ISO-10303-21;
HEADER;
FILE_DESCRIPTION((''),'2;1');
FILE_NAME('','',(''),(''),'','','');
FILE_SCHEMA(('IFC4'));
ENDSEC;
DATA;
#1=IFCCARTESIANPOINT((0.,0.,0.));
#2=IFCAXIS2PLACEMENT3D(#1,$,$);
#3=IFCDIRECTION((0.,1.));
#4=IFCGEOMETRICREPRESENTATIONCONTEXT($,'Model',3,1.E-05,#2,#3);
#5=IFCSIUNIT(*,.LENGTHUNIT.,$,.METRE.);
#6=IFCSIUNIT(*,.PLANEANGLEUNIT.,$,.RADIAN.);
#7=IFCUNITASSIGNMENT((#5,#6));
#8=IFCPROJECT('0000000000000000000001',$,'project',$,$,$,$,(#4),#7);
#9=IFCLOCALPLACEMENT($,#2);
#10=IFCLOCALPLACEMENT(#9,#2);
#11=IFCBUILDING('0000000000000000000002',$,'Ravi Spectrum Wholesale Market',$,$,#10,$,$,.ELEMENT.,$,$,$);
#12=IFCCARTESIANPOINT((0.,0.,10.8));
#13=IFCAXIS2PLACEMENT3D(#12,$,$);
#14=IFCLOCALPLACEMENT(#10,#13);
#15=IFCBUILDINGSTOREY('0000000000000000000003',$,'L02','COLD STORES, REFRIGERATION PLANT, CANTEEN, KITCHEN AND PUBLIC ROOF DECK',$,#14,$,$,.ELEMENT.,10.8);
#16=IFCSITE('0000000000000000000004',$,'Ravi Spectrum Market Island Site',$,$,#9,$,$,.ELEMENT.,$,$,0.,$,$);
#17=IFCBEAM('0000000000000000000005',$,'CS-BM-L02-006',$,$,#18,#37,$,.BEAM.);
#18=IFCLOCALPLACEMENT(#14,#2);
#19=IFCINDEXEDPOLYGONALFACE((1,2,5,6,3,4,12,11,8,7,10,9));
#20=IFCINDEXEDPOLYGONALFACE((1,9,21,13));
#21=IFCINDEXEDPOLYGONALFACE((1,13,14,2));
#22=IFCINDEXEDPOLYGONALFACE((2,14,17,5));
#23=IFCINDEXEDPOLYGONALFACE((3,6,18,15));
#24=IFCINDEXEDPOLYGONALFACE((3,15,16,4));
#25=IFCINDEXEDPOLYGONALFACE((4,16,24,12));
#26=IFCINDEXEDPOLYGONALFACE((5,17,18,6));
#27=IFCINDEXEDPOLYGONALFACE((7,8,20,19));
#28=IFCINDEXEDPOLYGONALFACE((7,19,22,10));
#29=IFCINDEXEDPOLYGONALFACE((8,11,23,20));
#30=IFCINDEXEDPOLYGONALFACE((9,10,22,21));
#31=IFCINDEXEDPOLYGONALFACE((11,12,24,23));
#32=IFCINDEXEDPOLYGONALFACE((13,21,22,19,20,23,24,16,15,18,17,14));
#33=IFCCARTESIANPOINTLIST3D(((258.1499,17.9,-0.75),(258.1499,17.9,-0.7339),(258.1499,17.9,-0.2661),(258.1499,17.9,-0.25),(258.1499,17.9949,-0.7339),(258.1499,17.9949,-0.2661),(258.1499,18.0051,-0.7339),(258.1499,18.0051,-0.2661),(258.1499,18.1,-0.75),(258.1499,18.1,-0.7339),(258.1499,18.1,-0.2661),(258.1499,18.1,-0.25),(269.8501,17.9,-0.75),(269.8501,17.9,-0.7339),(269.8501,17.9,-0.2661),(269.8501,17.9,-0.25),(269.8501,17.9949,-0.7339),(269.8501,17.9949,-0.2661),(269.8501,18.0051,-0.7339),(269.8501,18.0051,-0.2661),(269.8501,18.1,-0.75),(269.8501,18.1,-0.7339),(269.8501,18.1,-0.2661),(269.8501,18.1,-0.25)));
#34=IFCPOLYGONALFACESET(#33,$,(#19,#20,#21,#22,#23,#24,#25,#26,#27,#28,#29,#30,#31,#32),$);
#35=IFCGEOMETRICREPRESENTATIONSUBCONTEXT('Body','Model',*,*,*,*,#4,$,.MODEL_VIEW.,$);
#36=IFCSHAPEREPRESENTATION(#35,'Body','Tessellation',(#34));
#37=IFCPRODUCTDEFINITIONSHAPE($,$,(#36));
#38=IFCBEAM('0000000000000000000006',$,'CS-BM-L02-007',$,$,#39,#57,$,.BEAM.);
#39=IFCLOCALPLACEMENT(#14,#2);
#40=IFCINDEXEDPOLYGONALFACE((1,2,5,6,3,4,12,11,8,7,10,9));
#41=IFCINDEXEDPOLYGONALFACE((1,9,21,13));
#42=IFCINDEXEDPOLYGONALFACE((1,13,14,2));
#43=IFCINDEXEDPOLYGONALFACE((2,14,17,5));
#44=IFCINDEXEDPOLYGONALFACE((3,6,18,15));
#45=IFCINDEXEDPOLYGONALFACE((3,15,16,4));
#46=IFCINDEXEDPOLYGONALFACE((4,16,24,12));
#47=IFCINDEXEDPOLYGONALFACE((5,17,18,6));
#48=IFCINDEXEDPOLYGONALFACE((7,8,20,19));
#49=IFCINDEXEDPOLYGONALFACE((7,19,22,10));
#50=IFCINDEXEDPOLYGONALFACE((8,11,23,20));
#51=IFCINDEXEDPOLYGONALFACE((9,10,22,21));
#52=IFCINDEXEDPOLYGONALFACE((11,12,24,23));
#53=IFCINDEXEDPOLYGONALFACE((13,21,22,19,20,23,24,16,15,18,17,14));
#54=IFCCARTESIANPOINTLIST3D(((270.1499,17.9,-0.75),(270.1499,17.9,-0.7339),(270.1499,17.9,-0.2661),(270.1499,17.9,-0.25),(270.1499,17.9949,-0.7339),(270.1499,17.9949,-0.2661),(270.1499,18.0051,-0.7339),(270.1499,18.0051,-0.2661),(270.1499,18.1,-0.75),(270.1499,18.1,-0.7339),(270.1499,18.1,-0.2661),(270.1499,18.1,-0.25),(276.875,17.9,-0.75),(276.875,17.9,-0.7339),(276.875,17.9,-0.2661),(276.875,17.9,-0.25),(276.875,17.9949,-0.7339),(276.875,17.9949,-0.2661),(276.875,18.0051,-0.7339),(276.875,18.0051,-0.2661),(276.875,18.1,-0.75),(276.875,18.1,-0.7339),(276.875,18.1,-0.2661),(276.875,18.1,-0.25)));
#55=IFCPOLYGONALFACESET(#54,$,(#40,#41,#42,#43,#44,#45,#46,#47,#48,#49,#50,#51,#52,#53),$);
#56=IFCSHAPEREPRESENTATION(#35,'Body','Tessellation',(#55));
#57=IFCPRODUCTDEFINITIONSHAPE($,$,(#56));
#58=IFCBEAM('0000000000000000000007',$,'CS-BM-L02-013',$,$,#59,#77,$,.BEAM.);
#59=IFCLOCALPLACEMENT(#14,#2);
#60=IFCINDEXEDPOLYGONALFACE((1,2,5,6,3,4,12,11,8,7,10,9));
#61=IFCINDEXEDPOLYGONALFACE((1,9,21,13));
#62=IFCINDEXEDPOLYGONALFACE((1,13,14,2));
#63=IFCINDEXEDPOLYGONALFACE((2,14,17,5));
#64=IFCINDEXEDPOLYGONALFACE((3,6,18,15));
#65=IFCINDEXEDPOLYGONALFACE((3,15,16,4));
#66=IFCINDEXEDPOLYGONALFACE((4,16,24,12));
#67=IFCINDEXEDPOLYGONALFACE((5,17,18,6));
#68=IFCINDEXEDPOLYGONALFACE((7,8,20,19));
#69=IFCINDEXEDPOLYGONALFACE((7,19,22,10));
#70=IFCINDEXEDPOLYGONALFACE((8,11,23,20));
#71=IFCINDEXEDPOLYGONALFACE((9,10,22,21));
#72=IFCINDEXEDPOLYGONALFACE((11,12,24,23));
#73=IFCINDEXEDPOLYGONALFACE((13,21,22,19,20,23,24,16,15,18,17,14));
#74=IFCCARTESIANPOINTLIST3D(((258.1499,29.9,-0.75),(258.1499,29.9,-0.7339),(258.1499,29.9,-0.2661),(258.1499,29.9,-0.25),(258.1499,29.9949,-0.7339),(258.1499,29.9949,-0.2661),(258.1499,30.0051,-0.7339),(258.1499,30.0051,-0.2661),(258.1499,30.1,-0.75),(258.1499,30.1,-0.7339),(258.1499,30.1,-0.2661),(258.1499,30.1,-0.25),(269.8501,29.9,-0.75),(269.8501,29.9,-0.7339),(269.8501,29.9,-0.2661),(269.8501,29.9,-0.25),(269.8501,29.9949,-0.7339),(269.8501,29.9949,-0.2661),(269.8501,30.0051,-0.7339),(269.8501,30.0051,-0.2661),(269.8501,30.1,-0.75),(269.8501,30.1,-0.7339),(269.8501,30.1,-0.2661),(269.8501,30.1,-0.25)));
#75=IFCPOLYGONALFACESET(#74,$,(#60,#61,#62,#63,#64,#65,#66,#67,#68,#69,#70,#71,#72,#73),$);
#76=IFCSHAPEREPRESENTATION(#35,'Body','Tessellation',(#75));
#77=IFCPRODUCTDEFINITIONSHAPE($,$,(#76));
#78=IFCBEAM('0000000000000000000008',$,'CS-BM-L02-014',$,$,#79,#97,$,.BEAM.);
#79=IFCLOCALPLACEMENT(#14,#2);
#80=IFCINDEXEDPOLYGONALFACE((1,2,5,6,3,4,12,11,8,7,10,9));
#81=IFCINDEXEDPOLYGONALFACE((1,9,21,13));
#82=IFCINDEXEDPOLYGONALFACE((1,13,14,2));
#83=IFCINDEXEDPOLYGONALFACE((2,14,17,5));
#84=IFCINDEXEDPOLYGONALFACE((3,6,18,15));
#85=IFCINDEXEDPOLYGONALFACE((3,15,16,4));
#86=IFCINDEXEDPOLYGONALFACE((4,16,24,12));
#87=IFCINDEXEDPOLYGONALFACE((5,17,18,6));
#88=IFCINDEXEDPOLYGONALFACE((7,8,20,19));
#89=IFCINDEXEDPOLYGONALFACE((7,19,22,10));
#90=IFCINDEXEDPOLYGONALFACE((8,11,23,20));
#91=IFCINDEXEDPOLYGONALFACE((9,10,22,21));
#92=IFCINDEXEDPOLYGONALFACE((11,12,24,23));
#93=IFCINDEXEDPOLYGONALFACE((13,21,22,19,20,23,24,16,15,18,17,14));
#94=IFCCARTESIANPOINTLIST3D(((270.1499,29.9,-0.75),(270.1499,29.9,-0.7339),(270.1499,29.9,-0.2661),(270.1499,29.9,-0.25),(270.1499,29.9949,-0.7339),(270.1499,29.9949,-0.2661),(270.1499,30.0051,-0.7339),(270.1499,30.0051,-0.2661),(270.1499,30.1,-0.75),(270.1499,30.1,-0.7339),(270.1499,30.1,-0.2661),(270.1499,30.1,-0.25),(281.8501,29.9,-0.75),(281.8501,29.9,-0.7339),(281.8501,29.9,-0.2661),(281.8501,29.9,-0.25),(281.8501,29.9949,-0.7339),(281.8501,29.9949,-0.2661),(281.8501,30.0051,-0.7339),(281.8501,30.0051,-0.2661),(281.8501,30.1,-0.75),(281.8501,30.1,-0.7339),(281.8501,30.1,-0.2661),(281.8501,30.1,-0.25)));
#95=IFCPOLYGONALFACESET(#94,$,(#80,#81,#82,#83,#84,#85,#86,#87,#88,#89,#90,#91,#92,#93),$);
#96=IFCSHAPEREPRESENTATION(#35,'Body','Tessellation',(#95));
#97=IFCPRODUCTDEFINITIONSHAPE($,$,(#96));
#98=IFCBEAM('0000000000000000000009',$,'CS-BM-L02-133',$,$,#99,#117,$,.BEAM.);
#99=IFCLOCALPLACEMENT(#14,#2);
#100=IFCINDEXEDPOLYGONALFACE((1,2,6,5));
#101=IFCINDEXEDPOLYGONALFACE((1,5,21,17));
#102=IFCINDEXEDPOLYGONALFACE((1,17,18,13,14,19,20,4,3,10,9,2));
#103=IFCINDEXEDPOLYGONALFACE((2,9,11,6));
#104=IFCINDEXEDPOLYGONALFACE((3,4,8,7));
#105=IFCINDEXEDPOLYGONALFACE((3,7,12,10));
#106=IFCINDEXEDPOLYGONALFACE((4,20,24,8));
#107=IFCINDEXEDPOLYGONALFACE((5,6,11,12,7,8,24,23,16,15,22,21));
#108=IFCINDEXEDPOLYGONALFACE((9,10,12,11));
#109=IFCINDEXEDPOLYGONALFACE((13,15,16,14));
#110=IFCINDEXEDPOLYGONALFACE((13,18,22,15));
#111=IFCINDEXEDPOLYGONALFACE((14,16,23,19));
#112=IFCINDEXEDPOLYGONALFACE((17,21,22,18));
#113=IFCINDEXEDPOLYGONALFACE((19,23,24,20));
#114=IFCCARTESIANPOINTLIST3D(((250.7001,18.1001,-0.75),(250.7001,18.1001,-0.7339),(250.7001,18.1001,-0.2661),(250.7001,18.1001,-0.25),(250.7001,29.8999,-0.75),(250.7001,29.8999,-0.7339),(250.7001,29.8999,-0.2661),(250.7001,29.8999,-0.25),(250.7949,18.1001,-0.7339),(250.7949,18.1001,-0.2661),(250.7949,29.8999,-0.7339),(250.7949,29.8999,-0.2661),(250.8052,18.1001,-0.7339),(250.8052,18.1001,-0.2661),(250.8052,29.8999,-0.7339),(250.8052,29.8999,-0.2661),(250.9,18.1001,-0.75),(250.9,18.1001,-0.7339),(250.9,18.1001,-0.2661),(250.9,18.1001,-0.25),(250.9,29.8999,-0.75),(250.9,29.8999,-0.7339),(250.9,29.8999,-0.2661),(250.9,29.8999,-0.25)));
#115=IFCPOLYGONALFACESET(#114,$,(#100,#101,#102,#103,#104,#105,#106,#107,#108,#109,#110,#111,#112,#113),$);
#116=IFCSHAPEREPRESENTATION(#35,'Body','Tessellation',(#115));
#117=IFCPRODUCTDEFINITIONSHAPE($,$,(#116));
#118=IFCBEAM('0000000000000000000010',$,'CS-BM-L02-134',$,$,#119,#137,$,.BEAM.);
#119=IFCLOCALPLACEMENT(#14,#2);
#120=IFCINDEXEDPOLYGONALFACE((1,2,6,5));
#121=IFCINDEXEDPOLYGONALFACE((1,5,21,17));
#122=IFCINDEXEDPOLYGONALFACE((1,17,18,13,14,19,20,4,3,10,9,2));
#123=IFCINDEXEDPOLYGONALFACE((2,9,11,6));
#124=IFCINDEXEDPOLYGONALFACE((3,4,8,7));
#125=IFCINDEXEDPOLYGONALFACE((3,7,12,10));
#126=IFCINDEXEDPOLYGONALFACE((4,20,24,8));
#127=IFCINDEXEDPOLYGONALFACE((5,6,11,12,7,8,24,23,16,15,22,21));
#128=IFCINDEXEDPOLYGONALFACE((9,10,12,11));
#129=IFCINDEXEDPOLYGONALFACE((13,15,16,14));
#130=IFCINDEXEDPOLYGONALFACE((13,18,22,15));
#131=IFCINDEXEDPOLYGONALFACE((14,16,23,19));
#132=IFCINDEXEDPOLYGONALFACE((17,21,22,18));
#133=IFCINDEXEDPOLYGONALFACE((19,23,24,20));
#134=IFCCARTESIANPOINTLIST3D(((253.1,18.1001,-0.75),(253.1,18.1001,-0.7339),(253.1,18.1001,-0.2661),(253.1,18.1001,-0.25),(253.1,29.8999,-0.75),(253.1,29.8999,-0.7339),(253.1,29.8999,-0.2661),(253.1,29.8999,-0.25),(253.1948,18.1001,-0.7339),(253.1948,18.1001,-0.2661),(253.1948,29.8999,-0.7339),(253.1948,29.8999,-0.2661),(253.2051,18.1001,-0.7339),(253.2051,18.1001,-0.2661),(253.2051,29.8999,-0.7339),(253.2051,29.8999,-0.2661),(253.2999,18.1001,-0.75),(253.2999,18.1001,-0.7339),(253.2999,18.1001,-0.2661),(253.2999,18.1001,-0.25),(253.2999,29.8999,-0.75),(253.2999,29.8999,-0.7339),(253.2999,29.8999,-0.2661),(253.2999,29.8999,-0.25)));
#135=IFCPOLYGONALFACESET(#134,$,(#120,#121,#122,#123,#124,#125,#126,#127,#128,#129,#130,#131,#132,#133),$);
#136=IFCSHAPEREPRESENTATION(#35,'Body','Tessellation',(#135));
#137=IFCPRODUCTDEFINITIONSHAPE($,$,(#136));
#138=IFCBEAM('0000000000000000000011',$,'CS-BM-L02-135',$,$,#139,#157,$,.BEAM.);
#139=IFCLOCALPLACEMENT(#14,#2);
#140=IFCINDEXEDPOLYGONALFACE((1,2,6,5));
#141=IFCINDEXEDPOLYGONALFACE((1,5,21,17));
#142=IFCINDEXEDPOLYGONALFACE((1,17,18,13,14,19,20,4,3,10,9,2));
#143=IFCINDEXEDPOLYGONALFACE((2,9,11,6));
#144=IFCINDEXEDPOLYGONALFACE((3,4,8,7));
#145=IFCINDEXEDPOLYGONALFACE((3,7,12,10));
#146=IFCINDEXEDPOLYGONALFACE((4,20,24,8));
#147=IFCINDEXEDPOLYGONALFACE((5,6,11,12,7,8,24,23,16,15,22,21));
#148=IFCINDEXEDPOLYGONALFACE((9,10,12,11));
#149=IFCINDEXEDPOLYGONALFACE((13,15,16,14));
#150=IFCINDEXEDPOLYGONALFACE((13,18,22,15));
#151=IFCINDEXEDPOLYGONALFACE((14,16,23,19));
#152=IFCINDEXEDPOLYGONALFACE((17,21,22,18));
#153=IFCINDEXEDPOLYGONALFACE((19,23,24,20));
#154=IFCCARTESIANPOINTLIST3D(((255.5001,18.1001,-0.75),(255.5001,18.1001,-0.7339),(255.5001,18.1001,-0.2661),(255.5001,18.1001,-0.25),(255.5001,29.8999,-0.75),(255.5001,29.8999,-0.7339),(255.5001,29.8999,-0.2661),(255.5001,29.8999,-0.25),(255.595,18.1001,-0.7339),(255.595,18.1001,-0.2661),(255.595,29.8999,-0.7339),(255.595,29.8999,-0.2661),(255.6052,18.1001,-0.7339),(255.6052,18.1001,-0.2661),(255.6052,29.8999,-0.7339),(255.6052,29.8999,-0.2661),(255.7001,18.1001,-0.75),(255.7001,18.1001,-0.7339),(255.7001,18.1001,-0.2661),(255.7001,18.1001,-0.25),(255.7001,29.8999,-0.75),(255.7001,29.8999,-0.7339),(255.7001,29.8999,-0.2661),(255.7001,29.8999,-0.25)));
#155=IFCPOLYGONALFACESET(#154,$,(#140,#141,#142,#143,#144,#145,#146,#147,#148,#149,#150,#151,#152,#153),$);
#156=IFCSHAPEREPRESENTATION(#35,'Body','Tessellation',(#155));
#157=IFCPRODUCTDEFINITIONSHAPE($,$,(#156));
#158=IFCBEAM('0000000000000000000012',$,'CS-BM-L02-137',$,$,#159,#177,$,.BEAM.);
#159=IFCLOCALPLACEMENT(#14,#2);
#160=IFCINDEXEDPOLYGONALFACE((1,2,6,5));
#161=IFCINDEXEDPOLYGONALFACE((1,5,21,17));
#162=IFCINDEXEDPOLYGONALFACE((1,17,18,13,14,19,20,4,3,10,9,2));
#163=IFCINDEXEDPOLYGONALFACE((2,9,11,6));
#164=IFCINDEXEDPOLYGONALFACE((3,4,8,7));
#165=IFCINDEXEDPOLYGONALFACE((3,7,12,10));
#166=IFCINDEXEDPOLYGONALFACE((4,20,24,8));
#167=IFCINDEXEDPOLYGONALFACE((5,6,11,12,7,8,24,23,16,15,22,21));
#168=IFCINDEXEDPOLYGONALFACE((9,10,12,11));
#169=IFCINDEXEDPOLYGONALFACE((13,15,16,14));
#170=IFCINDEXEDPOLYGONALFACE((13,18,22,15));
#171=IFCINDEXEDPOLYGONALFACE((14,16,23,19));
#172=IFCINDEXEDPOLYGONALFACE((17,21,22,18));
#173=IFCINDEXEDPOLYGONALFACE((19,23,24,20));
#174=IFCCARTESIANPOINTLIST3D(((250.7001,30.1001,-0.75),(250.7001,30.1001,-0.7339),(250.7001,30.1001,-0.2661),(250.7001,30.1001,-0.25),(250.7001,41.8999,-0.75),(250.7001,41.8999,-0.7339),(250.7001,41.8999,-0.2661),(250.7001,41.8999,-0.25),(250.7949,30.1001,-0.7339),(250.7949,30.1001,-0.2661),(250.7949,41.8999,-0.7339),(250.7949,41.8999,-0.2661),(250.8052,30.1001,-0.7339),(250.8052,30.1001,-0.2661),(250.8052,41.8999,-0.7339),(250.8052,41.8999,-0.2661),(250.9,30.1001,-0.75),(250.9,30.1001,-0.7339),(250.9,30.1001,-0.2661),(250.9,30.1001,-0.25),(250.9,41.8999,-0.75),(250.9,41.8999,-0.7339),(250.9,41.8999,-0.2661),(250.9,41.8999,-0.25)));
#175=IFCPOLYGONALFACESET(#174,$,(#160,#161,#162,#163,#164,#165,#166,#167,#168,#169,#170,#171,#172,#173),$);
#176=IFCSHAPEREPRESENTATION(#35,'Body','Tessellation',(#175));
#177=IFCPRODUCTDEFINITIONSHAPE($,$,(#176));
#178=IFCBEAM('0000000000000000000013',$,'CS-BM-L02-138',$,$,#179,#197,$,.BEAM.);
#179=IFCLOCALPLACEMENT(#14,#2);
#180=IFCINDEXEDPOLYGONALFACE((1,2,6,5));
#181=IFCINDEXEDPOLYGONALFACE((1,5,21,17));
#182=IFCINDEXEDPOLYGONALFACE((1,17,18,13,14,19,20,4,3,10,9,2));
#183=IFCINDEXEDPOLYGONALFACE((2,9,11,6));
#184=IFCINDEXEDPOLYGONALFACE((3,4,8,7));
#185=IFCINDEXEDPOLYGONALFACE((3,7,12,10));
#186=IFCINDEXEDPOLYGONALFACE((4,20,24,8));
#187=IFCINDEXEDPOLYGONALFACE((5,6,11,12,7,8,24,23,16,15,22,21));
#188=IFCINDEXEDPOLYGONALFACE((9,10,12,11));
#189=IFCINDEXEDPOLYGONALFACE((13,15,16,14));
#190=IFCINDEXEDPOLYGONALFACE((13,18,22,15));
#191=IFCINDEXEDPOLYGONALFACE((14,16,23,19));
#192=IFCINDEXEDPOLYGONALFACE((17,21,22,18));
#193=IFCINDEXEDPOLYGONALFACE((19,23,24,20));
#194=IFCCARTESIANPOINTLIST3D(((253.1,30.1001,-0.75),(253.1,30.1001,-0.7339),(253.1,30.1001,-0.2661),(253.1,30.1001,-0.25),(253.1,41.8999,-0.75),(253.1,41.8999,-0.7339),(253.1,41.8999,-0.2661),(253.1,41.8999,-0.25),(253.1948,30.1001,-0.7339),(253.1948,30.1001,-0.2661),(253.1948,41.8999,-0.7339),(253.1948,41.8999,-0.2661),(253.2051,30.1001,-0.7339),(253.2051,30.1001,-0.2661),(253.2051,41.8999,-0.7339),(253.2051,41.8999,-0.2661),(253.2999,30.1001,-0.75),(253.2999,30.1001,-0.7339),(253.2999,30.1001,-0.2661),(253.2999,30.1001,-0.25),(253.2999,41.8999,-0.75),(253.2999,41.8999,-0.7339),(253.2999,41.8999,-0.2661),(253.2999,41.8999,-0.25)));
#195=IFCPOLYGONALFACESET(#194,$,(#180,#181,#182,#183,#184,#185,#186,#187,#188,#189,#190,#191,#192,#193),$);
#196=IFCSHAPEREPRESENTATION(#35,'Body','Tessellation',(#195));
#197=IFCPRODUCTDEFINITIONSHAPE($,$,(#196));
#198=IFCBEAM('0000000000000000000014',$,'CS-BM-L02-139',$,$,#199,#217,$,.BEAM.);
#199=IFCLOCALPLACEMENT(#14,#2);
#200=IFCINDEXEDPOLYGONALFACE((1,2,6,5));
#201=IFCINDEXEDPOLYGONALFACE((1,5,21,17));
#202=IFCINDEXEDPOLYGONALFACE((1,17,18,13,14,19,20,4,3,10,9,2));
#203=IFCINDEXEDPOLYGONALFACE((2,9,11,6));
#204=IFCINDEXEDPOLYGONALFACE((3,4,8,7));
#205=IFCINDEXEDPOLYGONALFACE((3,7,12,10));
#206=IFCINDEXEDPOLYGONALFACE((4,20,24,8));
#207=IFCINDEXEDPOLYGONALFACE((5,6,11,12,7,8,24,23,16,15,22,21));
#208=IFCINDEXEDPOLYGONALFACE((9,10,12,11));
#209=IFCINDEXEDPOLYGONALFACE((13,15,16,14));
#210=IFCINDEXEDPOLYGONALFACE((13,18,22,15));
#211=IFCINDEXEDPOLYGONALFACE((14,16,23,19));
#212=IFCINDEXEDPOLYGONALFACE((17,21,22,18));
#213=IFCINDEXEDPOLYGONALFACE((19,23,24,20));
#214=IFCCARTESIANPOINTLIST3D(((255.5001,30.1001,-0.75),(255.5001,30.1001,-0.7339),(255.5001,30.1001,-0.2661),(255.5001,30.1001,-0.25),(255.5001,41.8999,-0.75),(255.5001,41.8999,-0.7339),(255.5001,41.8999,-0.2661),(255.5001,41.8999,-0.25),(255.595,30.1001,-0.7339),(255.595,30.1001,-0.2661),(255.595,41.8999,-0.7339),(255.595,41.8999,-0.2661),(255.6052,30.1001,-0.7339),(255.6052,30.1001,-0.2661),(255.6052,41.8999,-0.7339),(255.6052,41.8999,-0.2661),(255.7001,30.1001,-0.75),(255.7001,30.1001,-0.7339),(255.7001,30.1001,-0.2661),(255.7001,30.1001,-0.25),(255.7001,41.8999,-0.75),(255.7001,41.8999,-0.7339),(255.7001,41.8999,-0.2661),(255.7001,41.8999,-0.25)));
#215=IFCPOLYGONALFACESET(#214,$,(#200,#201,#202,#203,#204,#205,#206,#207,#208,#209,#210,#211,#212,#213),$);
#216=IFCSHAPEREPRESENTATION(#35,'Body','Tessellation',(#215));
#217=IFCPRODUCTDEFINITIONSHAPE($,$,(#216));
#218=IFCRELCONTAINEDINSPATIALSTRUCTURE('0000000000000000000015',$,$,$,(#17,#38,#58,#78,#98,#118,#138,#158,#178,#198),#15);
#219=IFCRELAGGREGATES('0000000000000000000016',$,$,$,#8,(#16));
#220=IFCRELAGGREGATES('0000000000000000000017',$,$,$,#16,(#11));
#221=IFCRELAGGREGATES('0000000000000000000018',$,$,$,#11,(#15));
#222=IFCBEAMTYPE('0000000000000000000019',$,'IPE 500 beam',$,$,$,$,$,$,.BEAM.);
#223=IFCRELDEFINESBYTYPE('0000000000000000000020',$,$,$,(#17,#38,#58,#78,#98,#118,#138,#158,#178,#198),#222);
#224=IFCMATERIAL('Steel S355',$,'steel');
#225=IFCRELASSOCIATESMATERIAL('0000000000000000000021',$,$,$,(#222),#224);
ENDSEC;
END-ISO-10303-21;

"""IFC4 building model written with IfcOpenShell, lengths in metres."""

from ifc_helpers import new_model, si_unit, direction, frame, origin, origin_2d, place, context, subcontext, project, spatial, i_section, extrude, material, material_profile, profile_set, type_object, element, save


model = new_model("IFC4")

# Units and contexts
model_context = context("Model", 3, precision=1e-05, world=origin(), true_north=direction((0.0, 1.0)))
body_context = subcontext(model_context, "Body", "Model", "MODEL_VIEW")
ifc_project = project(units=[si_unit("LENGTHUNIT", "METRE"), si_unit("PLANEANGLEUNIT", "RADIAN")], contexts=[model_context])

# Site, building, storey
site_placement = place(None, origin())
site = spatial("IfcSite", under=ifc_project, at=site_placement, Name="Ravi Spectrum Market Island Site", CompositionType="ELEMENT", RefElevation=0.0)
building_placement = place(site_placement, origin())
building = spatial("IfcBuilding", under=site, at=building_placement, Name="Ravi Spectrum Wholesale Market", CompositionType="ELEMENT")
storey_placement = place(building_placement, frame((0.0, 0.0, 10.8)))
storey = spatial("IfcBuildingStorey", under=building, at=storey_placement, Name="L02", Description="COLD STORES, REFRIGERATION PLANT, CANTEEN, KITCHEN AND PUBLIC ROOF DECK", CompositionType="ELEMENT", Elevation=10.8)

# Beams
ifc_material_1 = material(Name="Steel S355", Category="steel")
ifc_material_profile_1 = material_profile(ifc_material_1, i_section(OverallWidth=0.2, OverallDepth=0.5, WebThickness=0.0103, FlangeThickness=0.0161, at=origin_2d()))
ifc_profile_set_1 = profile_set([ifc_material_profile_1], Name="Steel S355")
beam_type_1 = type_object("IfcBeamType", Name="IPE 500 beam", PredefinedType="BEAM", material=ifc_profile_set_1)
beam_1_placement = place(storey_placement, frame((258.1499, 18.0, -0.5), z_axis=(1.0, 0.0, 0.0), x_axis=(0.0, 1.0, 0.0)))
element("IfcBeam", 1, at=beam_1_placement, inside=storey, type_object=beam_type_1, Name="CS-BM-L02-006", PredefinedType="BEAM", context=body_context, shape_type="SweptSolid", body=[
    extrude(i_section(OverallWidth=0.2, OverallDepth=0.5, WebThickness=0.0103, FlangeThickness=0.0161, at=origin_2d()), origin(), (0.0, 0.0, 1.0), 11.7002),
])
beam_2_placement = place(storey_placement, frame((270.1499, 18.0, -0.5), z_axis=(1.0, 0.0, 0.0), x_axis=(0.0, 1.0, 0.0)))
element("IfcBeam", 2, at=beam_2_placement, inside=storey, type_object=beam_type_1, Name="CS-BM-L02-007", PredefinedType="BEAM", context=body_context, shape_type="SweptSolid", body=[
    extrude(i_section(OverallWidth=0.2, OverallDepth=0.5, WebThickness=0.0103, FlangeThickness=0.0161, at=origin_2d()), origin(), (0.0, 0.0, 1.0), 6.7251),
])
for number, where, z_axis, x_axis, name in (
    (3, (258.1499, 30.0, -0.5), (1.0, 0.0, 0.0), (0.0, 1.0, 0.0), "CS-BM-L02-013"),
    (4, (270.1499, 30.0, -0.5), (1.0, 0.0, 0.0), (0.0, 1.0, 0.0), "CS-BM-L02-014"),
):
    element("IfcBeam", number, at=place(storey_placement, frame(where, z_axis=z_axis, x_axis=x_axis)), inside=storey, type_object=beam_type_1, Name=name, PredefinedType="BEAM", context=body_context, shape_type="SweptSolid", body=[
        extrude(i_section(OverallWidth=0.2, OverallDepth=0.5, WebThickness=0.0103, FlangeThickness=0.0161, at=origin_2d()), origin(), (0.0, 0.0, 1.0), 11.7002),
    ])
for number, where, z_axis, x_axis, name in (
    (5, (250.8, 18.1001, -0.5), (0.0, 1.0, 0.0), (-1.0, 0.0, 0.0), "CS-BM-L02-133"),
    (6, (253.2, 18.1001, -0.5), (0.0, 1.0, 0.0), (-1.0, 0.0, 0.0), "CS-BM-L02-134"),
    (7, (255.6001, 18.1001, -0.5), (0.0, 1.0, 0.0), (-1.0, 0.0, 0.0), "CS-BM-L02-135"),
    (8, (250.8, 30.1001, -0.5), (0.0, 1.0, 0.0), (-1.0, 0.0, 0.0), "CS-BM-L02-137"),
    (9, (253.2, 30.1001, -0.5), (0.0, 1.0, 0.0), (-1.0, 0.0, 0.0), "CS-BM-L02-138"),
    (10, (255.6001, 30.1001, -0.5), (0.0, 1.0, 0.0), (-1.0, 0.0, 0.0), "CS-BM-L02-139"),
):
    element("IfcBeam", number, at=place(storey_placement, frame(where, z_axis=z_axis, x_axis=x_axis)), inside=storey, type_object=beam_type_1, Name=name, PredefinedType="BEAM", context=body_context, shape_type="SweptSolid", body=[
        extrude(i_section(OverallWidth=0.2, OverallDepth=0.5, WebThickness=0.0103, FlangeThickness=0.0161, at=origin_2d()), origin(), (0.0, 0.0, 1.0), 11.7998),
    ])

save(model, "model.ifc")
